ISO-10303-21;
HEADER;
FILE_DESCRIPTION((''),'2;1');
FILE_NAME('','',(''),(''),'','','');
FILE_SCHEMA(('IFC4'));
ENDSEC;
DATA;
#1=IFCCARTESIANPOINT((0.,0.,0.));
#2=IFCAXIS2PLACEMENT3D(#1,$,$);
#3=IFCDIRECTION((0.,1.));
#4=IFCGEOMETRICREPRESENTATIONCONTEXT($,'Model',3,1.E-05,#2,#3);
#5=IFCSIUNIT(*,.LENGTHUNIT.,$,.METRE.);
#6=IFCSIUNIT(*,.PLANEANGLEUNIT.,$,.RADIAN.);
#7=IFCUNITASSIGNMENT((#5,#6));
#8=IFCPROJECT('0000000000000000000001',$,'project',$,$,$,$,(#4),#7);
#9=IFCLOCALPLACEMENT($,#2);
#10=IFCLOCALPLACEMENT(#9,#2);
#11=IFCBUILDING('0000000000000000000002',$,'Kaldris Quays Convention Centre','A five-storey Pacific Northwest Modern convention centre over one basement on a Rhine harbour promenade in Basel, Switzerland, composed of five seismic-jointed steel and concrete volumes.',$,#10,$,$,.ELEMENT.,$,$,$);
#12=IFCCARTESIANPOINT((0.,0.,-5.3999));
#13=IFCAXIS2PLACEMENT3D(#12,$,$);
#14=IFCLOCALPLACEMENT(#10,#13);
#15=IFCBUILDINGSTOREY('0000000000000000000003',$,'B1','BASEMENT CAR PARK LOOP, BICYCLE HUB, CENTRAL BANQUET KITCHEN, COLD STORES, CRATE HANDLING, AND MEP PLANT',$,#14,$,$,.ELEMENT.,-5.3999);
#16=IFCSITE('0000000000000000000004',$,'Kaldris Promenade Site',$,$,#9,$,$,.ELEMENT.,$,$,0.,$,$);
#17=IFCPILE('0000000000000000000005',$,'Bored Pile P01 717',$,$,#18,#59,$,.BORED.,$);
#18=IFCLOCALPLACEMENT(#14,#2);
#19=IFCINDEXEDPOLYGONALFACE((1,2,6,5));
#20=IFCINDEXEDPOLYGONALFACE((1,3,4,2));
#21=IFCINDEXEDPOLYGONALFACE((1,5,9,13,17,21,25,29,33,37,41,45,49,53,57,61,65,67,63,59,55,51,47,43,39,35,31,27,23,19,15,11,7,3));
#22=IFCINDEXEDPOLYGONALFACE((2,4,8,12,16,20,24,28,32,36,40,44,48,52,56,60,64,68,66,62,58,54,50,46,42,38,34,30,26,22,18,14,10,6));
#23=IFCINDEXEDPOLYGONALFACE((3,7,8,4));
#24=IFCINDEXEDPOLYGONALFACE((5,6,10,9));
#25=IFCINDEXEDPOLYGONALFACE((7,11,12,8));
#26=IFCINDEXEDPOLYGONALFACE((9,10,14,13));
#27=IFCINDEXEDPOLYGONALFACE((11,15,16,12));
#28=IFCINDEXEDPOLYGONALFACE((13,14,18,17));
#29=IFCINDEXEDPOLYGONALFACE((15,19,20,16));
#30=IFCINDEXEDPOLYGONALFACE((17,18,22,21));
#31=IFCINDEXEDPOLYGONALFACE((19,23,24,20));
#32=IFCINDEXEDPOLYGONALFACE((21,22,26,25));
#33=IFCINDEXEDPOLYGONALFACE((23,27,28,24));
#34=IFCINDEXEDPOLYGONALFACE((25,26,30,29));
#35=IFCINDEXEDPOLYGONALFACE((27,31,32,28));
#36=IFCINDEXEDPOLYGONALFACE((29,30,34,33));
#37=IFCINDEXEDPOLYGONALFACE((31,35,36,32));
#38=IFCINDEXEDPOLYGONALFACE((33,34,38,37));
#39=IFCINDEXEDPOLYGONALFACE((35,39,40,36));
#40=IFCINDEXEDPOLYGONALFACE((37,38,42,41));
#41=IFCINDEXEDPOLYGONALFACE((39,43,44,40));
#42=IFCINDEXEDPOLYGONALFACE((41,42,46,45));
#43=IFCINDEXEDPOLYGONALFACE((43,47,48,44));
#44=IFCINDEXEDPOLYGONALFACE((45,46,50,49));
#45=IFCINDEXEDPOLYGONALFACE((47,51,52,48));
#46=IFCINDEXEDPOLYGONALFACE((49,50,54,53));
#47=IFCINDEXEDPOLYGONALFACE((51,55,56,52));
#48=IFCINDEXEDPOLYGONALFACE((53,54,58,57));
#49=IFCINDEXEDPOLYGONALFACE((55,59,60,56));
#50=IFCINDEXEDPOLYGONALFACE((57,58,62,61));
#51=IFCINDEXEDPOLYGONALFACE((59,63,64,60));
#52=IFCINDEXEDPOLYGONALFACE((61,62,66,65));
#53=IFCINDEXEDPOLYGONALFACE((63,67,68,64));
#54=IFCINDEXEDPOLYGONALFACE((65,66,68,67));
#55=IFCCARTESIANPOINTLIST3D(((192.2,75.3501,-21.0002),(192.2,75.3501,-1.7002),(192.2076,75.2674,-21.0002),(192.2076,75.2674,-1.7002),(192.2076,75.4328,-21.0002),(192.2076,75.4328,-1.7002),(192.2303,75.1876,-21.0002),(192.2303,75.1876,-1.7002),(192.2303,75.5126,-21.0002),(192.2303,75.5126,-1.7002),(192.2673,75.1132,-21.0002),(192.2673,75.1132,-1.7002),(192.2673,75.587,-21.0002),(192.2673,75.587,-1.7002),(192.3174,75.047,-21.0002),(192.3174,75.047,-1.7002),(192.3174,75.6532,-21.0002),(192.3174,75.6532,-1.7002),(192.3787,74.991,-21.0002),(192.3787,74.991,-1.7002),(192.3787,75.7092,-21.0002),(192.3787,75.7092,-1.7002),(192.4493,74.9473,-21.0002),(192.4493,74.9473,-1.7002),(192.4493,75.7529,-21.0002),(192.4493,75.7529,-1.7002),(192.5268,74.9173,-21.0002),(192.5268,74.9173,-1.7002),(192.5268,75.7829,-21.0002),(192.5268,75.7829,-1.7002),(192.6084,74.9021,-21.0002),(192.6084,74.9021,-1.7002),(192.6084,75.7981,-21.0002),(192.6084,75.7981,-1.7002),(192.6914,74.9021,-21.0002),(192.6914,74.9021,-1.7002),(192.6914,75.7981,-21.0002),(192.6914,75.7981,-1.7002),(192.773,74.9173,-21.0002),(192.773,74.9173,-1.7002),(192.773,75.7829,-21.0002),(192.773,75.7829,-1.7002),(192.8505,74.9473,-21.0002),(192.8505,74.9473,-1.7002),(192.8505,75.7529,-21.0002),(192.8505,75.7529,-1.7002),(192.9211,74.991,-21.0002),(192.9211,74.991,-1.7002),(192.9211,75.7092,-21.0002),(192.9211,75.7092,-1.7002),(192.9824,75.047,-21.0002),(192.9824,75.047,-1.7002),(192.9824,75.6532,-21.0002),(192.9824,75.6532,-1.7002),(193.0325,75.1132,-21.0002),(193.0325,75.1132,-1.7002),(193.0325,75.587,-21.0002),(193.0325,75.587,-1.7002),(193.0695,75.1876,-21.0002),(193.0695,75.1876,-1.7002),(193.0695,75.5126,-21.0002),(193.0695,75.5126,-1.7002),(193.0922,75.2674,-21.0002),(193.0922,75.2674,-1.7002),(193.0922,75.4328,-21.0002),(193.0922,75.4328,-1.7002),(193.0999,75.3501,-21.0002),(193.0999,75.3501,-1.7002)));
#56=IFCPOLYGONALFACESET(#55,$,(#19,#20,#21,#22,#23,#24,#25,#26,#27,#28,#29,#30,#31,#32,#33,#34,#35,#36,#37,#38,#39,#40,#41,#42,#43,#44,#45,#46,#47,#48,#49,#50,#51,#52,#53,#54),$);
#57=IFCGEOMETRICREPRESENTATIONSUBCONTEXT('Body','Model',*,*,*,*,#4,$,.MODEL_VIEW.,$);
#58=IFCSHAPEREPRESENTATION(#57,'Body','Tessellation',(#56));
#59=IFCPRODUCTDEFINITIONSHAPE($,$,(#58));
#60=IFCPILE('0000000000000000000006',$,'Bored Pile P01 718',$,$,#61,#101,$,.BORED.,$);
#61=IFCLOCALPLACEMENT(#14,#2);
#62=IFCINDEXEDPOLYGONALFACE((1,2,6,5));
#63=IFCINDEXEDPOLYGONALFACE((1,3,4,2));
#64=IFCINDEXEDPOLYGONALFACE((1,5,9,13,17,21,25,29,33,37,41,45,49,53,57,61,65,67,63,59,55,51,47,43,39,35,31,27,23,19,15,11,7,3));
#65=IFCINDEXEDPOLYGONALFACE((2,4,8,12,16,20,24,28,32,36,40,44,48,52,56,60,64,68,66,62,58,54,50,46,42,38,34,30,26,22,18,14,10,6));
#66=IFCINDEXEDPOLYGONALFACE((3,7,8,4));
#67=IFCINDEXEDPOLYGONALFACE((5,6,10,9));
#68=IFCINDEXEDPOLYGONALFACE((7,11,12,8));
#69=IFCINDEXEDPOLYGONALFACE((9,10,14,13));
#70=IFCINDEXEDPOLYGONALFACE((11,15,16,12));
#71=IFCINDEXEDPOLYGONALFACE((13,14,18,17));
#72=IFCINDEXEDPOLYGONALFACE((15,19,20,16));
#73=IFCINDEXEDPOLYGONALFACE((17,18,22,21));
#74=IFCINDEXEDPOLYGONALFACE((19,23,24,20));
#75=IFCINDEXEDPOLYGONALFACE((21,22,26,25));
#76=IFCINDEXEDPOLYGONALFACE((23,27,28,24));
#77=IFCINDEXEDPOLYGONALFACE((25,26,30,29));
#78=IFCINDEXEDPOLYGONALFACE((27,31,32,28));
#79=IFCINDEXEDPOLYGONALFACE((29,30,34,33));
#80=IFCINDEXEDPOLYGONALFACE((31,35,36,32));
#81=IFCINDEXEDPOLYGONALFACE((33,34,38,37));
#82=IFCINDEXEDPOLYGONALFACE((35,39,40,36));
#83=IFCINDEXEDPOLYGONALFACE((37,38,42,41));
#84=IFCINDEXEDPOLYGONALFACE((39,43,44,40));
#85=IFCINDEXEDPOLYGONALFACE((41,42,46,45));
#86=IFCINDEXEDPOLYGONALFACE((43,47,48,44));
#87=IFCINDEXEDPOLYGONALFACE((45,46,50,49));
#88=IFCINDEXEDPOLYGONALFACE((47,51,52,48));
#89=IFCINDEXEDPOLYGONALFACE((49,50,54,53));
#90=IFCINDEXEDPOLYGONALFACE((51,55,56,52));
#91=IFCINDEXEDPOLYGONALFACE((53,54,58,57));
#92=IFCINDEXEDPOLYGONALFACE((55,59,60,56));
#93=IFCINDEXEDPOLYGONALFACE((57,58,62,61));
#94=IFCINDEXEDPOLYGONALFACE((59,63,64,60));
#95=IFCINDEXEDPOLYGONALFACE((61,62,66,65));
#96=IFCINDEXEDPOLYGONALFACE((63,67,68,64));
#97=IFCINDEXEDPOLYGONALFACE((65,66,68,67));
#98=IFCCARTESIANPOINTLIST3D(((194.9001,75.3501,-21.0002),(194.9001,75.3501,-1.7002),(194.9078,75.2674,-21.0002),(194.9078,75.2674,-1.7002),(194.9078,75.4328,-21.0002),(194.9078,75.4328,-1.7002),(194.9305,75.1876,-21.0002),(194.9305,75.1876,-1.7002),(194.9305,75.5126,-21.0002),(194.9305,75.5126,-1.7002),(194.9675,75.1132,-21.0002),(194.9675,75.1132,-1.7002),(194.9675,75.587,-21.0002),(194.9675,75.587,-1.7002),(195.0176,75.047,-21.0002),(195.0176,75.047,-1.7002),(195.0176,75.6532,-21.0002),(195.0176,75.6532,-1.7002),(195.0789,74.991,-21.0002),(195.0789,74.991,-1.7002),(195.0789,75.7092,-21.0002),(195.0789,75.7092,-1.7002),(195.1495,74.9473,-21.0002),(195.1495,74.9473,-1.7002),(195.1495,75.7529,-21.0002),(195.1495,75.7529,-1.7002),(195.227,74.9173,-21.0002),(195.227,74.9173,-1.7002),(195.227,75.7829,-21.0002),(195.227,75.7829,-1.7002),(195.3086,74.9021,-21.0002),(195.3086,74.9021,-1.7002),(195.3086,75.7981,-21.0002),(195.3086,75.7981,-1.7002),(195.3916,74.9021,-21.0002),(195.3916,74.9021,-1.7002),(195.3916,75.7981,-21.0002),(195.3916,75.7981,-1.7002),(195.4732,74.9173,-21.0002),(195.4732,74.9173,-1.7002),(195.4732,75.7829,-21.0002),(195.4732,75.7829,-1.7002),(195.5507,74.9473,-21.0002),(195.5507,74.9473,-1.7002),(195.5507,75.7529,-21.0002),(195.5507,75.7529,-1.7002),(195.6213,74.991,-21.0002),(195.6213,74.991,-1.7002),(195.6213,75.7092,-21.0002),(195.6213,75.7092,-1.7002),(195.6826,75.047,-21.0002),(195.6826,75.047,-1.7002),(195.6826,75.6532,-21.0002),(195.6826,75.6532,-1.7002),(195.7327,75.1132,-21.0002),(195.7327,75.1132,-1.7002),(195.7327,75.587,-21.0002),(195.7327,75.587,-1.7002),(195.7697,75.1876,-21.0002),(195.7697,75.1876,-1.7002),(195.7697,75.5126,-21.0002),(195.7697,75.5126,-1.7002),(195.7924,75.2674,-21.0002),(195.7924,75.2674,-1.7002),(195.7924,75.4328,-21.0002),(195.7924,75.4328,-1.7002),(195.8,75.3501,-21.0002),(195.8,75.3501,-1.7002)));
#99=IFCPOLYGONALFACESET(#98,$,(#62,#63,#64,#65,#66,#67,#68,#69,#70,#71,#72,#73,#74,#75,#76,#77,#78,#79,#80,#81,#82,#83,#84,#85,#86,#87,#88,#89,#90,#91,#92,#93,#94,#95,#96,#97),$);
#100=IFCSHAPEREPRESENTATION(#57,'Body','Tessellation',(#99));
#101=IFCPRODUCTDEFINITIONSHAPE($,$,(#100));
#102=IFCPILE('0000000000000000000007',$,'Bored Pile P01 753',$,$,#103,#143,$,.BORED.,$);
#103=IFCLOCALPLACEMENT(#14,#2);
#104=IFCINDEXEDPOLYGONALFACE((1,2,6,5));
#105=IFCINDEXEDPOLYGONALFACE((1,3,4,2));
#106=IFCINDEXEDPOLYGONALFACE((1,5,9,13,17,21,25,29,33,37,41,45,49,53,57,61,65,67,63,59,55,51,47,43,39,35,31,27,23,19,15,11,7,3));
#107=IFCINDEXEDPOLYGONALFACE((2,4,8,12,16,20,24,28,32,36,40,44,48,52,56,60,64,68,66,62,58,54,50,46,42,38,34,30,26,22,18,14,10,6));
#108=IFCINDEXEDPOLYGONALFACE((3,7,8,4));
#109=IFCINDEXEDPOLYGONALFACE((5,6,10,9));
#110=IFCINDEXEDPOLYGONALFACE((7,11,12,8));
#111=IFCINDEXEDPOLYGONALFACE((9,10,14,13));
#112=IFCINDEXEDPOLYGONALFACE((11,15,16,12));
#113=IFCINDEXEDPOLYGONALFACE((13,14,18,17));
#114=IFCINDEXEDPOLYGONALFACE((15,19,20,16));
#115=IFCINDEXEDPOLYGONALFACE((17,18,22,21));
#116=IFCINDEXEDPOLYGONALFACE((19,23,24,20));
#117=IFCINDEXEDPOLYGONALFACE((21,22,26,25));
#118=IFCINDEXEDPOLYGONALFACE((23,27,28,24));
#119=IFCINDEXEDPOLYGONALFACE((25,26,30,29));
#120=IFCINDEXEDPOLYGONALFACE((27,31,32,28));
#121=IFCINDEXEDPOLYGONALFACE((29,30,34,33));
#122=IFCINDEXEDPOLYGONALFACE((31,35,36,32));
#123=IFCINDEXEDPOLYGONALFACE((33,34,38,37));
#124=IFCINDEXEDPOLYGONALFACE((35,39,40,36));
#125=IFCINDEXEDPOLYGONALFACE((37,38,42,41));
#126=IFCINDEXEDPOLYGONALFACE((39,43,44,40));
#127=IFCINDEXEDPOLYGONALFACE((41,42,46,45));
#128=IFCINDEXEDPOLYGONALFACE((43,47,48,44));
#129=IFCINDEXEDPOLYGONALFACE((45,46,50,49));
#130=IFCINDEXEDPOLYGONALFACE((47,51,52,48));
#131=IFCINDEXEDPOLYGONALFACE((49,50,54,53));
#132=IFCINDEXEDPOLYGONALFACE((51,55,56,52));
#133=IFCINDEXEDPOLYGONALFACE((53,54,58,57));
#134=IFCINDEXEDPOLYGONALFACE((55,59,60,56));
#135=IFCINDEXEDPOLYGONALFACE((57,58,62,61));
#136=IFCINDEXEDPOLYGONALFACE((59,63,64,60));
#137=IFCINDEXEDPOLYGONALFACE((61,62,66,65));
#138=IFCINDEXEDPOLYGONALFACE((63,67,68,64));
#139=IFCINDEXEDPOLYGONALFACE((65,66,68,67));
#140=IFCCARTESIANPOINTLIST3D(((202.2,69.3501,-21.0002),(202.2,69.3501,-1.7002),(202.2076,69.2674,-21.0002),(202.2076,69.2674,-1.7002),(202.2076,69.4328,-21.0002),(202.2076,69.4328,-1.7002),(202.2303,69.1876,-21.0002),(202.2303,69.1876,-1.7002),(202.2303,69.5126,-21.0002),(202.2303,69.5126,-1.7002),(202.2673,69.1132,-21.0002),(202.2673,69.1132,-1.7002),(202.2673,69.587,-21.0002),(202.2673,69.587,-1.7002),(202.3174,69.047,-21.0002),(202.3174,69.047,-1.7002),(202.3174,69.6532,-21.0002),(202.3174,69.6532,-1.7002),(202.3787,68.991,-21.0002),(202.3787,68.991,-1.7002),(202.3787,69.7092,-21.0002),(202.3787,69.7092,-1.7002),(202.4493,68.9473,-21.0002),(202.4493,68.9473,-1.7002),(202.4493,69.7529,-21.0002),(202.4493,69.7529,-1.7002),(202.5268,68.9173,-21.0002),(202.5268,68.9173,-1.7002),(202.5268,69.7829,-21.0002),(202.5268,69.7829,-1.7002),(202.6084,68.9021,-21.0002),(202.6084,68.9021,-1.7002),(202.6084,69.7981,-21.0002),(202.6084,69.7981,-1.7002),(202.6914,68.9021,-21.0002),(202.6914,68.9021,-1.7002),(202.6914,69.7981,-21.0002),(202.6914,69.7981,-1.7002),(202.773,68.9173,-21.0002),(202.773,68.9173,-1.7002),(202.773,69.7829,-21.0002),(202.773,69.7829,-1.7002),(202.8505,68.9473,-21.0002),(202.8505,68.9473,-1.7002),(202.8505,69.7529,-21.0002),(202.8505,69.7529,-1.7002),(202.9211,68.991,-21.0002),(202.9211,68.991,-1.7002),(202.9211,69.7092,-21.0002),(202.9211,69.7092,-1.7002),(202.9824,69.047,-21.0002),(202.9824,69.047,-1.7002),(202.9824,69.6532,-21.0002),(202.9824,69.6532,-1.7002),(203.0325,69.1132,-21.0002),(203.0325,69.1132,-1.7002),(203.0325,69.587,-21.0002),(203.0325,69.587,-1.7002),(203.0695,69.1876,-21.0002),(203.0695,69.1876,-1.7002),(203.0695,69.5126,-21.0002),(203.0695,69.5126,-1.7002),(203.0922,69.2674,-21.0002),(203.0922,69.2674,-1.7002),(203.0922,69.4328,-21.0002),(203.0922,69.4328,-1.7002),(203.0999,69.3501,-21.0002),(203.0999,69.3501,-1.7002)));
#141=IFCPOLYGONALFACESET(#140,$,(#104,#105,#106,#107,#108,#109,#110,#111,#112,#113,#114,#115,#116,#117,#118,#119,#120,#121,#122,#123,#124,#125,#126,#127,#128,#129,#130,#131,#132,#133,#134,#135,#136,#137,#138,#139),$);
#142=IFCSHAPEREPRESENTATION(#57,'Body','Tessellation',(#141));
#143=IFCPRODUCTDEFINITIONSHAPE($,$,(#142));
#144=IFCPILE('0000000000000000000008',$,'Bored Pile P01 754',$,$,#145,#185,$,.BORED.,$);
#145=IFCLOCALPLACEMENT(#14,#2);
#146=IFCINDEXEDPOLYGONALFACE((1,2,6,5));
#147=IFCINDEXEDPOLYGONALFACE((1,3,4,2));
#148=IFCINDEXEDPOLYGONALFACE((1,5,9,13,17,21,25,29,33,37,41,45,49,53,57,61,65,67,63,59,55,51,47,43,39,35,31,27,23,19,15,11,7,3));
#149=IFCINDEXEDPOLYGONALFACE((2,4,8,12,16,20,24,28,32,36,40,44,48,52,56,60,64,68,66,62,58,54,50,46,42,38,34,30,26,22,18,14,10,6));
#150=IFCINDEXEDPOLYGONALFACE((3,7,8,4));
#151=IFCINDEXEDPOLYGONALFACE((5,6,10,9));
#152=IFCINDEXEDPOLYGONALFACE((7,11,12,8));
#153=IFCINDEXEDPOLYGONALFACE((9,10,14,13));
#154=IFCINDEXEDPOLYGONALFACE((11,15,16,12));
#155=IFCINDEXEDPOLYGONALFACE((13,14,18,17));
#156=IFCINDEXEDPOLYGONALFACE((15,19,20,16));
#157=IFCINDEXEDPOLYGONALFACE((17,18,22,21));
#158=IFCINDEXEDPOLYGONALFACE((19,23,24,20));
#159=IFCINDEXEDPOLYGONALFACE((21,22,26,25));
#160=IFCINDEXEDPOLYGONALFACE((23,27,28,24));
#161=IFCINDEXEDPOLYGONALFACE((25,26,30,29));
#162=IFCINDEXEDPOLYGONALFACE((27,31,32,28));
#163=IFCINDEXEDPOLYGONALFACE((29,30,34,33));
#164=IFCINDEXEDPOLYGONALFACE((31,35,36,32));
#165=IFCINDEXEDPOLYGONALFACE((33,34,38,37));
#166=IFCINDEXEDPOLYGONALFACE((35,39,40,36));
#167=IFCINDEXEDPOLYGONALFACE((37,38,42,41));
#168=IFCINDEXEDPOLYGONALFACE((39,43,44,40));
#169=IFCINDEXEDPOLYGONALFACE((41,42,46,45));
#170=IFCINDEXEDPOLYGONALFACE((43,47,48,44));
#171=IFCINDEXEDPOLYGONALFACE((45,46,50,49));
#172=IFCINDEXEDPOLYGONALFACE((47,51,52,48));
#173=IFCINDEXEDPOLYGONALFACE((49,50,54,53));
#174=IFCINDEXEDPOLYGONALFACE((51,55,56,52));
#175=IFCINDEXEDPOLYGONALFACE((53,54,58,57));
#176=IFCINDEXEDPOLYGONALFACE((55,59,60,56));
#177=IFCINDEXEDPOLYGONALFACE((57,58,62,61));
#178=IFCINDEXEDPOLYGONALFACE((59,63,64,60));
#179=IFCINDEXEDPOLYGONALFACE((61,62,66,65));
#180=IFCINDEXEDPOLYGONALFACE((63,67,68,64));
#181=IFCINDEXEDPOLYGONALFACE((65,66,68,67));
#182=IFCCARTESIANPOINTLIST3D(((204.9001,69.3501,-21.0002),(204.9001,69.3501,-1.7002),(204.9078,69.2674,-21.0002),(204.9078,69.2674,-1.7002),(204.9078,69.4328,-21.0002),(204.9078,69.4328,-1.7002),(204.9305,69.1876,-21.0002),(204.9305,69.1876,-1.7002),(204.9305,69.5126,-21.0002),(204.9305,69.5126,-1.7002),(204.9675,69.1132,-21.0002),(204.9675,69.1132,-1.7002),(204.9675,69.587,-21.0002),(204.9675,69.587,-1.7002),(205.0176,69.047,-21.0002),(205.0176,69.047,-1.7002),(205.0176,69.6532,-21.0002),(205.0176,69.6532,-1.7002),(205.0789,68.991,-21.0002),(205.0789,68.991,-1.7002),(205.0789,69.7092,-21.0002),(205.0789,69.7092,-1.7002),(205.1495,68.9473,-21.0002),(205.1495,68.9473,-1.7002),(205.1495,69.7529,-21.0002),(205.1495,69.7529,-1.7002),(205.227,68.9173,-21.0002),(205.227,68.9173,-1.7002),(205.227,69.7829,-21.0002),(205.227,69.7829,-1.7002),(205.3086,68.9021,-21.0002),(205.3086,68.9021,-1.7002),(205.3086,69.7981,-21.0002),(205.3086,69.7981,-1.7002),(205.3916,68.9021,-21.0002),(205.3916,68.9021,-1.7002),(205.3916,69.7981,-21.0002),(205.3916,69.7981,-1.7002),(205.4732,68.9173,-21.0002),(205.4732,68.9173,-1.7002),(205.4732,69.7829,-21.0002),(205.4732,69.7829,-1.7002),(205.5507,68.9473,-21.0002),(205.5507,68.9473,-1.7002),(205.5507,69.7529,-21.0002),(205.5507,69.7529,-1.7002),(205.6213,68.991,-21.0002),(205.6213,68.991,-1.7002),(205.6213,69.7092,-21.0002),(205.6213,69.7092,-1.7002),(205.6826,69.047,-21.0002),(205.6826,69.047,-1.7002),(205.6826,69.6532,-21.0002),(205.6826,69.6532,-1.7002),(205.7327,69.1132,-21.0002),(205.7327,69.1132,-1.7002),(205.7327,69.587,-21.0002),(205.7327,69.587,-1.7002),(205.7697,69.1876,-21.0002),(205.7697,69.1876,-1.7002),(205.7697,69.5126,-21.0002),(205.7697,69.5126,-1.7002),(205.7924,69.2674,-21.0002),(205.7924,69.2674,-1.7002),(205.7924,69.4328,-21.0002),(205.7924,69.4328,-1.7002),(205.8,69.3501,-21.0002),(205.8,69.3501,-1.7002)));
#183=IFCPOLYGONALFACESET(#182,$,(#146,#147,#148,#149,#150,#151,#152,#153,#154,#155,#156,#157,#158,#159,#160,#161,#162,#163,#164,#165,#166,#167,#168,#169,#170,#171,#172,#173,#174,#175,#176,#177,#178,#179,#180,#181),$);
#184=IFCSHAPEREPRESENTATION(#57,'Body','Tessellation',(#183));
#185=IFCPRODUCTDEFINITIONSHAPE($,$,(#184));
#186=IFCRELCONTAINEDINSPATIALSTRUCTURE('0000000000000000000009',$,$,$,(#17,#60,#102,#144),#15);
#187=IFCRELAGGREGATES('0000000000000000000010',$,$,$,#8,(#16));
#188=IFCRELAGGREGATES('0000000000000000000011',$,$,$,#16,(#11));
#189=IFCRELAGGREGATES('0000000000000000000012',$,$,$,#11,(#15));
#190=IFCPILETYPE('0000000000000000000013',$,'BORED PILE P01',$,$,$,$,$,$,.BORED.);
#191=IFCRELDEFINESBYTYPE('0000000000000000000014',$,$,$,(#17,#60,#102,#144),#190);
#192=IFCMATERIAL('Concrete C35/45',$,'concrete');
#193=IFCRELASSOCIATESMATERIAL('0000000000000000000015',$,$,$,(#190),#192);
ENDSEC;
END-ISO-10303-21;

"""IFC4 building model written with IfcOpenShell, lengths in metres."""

from ifc_helpers import new_model, si_unit, direction, frame, origin, origin_2d, place, context, subcontext, project, spatial, circle, extrude, material, material_profile, profile_set, type_object, element, save


model = new_model("IFC4")

# Units and contexts
model_context = context("Model", 3, precision=1e-05, world=origin(), true_north=direction((0.0, 1.0)))
body_context = subcontext(model_context, "Body", "Model", "MODEL_VIEW")
ifc_project = project(units=[si_unit("LENGTHUNIT", "METRE"), si_unit("PLANEANGLEUNIT", "RADIAN")], contexts=[model_context])

# Site, building, storey
site_placement = place(None, origin())
site = spatial("IfcSite", under=ifc_project, at=site_placement, Name="Kaldris Promenade Site", CompositionType="ELEMENT", RefElevation=0.0)
building_placement = place(site_placement, origin())
building = spatial("IfcBuilding", under=site, at=building_placement, Name="Kaldris Quays Convention Centre", Description="A five-storey Pacific Northwest Modern convention centre over one basement on a Rhine harbour promenade in Basel, Switzerland, composed of five seismic-jointed steel and concrete volumes.", CompositionType="ELEMENT")
storey_placement = place(building_placement, frame((0.0, 0.0, -5.3999)))
storey = spatial("IfcBuildingStorey", under=building, at=storey_placement, Name="B1", Description="BASEMENT CAR PARK LOOP, BICYCLE HUB, CENTRAL BANQUET KITCHEN, COLD STORES, CRATE HANDLING, AND MEP PLANT", CompositionType="ELEMENT", Elevation=-5.3999)

# Piles
ifc_material_1 = material(Name="Concrete C35/45", Category="concrete")
ifc_material_profile_1 = material_profile(ifc_material_1, circle(Radius=0.45, at=origin_2d()), Name="BORED PILE D900")
ifc_profile_set_1 = profile_set([ifc_material_profile_1], Name="Concrete C35/45")
pile_type = type_object("IfcPileType", Name="BORED PILE P01", PredefinedType="BORED", material=ifc_profile_set_1)
for number, where, z_axis, x_axis, name in (
    (1, (192.6499, 75.3501, -1.7002), (0.0, 0.0, -1.0), (1.0, 0.0, 0.0), "Bored Pile P01 717"),
    (2, (195.3501, 75.3501, -1.7002), (0.0, 0.0, -1.0), (1.0, 0.0, 0.0), "Bored Pile P01 718"),
    (3, (202.6499, 69.3501, -1.7002), (0.0, 0.0, -1.0), (1.0, 0.0, 0.0), "Bored Pile P01 753"),
    (4, (205.3501, 69.3501, -1.7002), (0.0, 0.0, -1.0), (1.0, 0.0, 0.0), "Bored Pile P01 754"),
):
    element("IfcPile", number, at=place(storey_placement, frame(where, z_axis=z_axis, x_axis=x_axis)), inside=storey, type_object=pile_type, Name=name, PredefinedType="BORED", context=body_context, shape_type="SweptSolid", body=[
        extrude(circle(Radius=0.45, at=origin_2d()), origin(), (0.0, 0.0, 1.0), 19.3),
    ])

save(model, "model.ifc")
